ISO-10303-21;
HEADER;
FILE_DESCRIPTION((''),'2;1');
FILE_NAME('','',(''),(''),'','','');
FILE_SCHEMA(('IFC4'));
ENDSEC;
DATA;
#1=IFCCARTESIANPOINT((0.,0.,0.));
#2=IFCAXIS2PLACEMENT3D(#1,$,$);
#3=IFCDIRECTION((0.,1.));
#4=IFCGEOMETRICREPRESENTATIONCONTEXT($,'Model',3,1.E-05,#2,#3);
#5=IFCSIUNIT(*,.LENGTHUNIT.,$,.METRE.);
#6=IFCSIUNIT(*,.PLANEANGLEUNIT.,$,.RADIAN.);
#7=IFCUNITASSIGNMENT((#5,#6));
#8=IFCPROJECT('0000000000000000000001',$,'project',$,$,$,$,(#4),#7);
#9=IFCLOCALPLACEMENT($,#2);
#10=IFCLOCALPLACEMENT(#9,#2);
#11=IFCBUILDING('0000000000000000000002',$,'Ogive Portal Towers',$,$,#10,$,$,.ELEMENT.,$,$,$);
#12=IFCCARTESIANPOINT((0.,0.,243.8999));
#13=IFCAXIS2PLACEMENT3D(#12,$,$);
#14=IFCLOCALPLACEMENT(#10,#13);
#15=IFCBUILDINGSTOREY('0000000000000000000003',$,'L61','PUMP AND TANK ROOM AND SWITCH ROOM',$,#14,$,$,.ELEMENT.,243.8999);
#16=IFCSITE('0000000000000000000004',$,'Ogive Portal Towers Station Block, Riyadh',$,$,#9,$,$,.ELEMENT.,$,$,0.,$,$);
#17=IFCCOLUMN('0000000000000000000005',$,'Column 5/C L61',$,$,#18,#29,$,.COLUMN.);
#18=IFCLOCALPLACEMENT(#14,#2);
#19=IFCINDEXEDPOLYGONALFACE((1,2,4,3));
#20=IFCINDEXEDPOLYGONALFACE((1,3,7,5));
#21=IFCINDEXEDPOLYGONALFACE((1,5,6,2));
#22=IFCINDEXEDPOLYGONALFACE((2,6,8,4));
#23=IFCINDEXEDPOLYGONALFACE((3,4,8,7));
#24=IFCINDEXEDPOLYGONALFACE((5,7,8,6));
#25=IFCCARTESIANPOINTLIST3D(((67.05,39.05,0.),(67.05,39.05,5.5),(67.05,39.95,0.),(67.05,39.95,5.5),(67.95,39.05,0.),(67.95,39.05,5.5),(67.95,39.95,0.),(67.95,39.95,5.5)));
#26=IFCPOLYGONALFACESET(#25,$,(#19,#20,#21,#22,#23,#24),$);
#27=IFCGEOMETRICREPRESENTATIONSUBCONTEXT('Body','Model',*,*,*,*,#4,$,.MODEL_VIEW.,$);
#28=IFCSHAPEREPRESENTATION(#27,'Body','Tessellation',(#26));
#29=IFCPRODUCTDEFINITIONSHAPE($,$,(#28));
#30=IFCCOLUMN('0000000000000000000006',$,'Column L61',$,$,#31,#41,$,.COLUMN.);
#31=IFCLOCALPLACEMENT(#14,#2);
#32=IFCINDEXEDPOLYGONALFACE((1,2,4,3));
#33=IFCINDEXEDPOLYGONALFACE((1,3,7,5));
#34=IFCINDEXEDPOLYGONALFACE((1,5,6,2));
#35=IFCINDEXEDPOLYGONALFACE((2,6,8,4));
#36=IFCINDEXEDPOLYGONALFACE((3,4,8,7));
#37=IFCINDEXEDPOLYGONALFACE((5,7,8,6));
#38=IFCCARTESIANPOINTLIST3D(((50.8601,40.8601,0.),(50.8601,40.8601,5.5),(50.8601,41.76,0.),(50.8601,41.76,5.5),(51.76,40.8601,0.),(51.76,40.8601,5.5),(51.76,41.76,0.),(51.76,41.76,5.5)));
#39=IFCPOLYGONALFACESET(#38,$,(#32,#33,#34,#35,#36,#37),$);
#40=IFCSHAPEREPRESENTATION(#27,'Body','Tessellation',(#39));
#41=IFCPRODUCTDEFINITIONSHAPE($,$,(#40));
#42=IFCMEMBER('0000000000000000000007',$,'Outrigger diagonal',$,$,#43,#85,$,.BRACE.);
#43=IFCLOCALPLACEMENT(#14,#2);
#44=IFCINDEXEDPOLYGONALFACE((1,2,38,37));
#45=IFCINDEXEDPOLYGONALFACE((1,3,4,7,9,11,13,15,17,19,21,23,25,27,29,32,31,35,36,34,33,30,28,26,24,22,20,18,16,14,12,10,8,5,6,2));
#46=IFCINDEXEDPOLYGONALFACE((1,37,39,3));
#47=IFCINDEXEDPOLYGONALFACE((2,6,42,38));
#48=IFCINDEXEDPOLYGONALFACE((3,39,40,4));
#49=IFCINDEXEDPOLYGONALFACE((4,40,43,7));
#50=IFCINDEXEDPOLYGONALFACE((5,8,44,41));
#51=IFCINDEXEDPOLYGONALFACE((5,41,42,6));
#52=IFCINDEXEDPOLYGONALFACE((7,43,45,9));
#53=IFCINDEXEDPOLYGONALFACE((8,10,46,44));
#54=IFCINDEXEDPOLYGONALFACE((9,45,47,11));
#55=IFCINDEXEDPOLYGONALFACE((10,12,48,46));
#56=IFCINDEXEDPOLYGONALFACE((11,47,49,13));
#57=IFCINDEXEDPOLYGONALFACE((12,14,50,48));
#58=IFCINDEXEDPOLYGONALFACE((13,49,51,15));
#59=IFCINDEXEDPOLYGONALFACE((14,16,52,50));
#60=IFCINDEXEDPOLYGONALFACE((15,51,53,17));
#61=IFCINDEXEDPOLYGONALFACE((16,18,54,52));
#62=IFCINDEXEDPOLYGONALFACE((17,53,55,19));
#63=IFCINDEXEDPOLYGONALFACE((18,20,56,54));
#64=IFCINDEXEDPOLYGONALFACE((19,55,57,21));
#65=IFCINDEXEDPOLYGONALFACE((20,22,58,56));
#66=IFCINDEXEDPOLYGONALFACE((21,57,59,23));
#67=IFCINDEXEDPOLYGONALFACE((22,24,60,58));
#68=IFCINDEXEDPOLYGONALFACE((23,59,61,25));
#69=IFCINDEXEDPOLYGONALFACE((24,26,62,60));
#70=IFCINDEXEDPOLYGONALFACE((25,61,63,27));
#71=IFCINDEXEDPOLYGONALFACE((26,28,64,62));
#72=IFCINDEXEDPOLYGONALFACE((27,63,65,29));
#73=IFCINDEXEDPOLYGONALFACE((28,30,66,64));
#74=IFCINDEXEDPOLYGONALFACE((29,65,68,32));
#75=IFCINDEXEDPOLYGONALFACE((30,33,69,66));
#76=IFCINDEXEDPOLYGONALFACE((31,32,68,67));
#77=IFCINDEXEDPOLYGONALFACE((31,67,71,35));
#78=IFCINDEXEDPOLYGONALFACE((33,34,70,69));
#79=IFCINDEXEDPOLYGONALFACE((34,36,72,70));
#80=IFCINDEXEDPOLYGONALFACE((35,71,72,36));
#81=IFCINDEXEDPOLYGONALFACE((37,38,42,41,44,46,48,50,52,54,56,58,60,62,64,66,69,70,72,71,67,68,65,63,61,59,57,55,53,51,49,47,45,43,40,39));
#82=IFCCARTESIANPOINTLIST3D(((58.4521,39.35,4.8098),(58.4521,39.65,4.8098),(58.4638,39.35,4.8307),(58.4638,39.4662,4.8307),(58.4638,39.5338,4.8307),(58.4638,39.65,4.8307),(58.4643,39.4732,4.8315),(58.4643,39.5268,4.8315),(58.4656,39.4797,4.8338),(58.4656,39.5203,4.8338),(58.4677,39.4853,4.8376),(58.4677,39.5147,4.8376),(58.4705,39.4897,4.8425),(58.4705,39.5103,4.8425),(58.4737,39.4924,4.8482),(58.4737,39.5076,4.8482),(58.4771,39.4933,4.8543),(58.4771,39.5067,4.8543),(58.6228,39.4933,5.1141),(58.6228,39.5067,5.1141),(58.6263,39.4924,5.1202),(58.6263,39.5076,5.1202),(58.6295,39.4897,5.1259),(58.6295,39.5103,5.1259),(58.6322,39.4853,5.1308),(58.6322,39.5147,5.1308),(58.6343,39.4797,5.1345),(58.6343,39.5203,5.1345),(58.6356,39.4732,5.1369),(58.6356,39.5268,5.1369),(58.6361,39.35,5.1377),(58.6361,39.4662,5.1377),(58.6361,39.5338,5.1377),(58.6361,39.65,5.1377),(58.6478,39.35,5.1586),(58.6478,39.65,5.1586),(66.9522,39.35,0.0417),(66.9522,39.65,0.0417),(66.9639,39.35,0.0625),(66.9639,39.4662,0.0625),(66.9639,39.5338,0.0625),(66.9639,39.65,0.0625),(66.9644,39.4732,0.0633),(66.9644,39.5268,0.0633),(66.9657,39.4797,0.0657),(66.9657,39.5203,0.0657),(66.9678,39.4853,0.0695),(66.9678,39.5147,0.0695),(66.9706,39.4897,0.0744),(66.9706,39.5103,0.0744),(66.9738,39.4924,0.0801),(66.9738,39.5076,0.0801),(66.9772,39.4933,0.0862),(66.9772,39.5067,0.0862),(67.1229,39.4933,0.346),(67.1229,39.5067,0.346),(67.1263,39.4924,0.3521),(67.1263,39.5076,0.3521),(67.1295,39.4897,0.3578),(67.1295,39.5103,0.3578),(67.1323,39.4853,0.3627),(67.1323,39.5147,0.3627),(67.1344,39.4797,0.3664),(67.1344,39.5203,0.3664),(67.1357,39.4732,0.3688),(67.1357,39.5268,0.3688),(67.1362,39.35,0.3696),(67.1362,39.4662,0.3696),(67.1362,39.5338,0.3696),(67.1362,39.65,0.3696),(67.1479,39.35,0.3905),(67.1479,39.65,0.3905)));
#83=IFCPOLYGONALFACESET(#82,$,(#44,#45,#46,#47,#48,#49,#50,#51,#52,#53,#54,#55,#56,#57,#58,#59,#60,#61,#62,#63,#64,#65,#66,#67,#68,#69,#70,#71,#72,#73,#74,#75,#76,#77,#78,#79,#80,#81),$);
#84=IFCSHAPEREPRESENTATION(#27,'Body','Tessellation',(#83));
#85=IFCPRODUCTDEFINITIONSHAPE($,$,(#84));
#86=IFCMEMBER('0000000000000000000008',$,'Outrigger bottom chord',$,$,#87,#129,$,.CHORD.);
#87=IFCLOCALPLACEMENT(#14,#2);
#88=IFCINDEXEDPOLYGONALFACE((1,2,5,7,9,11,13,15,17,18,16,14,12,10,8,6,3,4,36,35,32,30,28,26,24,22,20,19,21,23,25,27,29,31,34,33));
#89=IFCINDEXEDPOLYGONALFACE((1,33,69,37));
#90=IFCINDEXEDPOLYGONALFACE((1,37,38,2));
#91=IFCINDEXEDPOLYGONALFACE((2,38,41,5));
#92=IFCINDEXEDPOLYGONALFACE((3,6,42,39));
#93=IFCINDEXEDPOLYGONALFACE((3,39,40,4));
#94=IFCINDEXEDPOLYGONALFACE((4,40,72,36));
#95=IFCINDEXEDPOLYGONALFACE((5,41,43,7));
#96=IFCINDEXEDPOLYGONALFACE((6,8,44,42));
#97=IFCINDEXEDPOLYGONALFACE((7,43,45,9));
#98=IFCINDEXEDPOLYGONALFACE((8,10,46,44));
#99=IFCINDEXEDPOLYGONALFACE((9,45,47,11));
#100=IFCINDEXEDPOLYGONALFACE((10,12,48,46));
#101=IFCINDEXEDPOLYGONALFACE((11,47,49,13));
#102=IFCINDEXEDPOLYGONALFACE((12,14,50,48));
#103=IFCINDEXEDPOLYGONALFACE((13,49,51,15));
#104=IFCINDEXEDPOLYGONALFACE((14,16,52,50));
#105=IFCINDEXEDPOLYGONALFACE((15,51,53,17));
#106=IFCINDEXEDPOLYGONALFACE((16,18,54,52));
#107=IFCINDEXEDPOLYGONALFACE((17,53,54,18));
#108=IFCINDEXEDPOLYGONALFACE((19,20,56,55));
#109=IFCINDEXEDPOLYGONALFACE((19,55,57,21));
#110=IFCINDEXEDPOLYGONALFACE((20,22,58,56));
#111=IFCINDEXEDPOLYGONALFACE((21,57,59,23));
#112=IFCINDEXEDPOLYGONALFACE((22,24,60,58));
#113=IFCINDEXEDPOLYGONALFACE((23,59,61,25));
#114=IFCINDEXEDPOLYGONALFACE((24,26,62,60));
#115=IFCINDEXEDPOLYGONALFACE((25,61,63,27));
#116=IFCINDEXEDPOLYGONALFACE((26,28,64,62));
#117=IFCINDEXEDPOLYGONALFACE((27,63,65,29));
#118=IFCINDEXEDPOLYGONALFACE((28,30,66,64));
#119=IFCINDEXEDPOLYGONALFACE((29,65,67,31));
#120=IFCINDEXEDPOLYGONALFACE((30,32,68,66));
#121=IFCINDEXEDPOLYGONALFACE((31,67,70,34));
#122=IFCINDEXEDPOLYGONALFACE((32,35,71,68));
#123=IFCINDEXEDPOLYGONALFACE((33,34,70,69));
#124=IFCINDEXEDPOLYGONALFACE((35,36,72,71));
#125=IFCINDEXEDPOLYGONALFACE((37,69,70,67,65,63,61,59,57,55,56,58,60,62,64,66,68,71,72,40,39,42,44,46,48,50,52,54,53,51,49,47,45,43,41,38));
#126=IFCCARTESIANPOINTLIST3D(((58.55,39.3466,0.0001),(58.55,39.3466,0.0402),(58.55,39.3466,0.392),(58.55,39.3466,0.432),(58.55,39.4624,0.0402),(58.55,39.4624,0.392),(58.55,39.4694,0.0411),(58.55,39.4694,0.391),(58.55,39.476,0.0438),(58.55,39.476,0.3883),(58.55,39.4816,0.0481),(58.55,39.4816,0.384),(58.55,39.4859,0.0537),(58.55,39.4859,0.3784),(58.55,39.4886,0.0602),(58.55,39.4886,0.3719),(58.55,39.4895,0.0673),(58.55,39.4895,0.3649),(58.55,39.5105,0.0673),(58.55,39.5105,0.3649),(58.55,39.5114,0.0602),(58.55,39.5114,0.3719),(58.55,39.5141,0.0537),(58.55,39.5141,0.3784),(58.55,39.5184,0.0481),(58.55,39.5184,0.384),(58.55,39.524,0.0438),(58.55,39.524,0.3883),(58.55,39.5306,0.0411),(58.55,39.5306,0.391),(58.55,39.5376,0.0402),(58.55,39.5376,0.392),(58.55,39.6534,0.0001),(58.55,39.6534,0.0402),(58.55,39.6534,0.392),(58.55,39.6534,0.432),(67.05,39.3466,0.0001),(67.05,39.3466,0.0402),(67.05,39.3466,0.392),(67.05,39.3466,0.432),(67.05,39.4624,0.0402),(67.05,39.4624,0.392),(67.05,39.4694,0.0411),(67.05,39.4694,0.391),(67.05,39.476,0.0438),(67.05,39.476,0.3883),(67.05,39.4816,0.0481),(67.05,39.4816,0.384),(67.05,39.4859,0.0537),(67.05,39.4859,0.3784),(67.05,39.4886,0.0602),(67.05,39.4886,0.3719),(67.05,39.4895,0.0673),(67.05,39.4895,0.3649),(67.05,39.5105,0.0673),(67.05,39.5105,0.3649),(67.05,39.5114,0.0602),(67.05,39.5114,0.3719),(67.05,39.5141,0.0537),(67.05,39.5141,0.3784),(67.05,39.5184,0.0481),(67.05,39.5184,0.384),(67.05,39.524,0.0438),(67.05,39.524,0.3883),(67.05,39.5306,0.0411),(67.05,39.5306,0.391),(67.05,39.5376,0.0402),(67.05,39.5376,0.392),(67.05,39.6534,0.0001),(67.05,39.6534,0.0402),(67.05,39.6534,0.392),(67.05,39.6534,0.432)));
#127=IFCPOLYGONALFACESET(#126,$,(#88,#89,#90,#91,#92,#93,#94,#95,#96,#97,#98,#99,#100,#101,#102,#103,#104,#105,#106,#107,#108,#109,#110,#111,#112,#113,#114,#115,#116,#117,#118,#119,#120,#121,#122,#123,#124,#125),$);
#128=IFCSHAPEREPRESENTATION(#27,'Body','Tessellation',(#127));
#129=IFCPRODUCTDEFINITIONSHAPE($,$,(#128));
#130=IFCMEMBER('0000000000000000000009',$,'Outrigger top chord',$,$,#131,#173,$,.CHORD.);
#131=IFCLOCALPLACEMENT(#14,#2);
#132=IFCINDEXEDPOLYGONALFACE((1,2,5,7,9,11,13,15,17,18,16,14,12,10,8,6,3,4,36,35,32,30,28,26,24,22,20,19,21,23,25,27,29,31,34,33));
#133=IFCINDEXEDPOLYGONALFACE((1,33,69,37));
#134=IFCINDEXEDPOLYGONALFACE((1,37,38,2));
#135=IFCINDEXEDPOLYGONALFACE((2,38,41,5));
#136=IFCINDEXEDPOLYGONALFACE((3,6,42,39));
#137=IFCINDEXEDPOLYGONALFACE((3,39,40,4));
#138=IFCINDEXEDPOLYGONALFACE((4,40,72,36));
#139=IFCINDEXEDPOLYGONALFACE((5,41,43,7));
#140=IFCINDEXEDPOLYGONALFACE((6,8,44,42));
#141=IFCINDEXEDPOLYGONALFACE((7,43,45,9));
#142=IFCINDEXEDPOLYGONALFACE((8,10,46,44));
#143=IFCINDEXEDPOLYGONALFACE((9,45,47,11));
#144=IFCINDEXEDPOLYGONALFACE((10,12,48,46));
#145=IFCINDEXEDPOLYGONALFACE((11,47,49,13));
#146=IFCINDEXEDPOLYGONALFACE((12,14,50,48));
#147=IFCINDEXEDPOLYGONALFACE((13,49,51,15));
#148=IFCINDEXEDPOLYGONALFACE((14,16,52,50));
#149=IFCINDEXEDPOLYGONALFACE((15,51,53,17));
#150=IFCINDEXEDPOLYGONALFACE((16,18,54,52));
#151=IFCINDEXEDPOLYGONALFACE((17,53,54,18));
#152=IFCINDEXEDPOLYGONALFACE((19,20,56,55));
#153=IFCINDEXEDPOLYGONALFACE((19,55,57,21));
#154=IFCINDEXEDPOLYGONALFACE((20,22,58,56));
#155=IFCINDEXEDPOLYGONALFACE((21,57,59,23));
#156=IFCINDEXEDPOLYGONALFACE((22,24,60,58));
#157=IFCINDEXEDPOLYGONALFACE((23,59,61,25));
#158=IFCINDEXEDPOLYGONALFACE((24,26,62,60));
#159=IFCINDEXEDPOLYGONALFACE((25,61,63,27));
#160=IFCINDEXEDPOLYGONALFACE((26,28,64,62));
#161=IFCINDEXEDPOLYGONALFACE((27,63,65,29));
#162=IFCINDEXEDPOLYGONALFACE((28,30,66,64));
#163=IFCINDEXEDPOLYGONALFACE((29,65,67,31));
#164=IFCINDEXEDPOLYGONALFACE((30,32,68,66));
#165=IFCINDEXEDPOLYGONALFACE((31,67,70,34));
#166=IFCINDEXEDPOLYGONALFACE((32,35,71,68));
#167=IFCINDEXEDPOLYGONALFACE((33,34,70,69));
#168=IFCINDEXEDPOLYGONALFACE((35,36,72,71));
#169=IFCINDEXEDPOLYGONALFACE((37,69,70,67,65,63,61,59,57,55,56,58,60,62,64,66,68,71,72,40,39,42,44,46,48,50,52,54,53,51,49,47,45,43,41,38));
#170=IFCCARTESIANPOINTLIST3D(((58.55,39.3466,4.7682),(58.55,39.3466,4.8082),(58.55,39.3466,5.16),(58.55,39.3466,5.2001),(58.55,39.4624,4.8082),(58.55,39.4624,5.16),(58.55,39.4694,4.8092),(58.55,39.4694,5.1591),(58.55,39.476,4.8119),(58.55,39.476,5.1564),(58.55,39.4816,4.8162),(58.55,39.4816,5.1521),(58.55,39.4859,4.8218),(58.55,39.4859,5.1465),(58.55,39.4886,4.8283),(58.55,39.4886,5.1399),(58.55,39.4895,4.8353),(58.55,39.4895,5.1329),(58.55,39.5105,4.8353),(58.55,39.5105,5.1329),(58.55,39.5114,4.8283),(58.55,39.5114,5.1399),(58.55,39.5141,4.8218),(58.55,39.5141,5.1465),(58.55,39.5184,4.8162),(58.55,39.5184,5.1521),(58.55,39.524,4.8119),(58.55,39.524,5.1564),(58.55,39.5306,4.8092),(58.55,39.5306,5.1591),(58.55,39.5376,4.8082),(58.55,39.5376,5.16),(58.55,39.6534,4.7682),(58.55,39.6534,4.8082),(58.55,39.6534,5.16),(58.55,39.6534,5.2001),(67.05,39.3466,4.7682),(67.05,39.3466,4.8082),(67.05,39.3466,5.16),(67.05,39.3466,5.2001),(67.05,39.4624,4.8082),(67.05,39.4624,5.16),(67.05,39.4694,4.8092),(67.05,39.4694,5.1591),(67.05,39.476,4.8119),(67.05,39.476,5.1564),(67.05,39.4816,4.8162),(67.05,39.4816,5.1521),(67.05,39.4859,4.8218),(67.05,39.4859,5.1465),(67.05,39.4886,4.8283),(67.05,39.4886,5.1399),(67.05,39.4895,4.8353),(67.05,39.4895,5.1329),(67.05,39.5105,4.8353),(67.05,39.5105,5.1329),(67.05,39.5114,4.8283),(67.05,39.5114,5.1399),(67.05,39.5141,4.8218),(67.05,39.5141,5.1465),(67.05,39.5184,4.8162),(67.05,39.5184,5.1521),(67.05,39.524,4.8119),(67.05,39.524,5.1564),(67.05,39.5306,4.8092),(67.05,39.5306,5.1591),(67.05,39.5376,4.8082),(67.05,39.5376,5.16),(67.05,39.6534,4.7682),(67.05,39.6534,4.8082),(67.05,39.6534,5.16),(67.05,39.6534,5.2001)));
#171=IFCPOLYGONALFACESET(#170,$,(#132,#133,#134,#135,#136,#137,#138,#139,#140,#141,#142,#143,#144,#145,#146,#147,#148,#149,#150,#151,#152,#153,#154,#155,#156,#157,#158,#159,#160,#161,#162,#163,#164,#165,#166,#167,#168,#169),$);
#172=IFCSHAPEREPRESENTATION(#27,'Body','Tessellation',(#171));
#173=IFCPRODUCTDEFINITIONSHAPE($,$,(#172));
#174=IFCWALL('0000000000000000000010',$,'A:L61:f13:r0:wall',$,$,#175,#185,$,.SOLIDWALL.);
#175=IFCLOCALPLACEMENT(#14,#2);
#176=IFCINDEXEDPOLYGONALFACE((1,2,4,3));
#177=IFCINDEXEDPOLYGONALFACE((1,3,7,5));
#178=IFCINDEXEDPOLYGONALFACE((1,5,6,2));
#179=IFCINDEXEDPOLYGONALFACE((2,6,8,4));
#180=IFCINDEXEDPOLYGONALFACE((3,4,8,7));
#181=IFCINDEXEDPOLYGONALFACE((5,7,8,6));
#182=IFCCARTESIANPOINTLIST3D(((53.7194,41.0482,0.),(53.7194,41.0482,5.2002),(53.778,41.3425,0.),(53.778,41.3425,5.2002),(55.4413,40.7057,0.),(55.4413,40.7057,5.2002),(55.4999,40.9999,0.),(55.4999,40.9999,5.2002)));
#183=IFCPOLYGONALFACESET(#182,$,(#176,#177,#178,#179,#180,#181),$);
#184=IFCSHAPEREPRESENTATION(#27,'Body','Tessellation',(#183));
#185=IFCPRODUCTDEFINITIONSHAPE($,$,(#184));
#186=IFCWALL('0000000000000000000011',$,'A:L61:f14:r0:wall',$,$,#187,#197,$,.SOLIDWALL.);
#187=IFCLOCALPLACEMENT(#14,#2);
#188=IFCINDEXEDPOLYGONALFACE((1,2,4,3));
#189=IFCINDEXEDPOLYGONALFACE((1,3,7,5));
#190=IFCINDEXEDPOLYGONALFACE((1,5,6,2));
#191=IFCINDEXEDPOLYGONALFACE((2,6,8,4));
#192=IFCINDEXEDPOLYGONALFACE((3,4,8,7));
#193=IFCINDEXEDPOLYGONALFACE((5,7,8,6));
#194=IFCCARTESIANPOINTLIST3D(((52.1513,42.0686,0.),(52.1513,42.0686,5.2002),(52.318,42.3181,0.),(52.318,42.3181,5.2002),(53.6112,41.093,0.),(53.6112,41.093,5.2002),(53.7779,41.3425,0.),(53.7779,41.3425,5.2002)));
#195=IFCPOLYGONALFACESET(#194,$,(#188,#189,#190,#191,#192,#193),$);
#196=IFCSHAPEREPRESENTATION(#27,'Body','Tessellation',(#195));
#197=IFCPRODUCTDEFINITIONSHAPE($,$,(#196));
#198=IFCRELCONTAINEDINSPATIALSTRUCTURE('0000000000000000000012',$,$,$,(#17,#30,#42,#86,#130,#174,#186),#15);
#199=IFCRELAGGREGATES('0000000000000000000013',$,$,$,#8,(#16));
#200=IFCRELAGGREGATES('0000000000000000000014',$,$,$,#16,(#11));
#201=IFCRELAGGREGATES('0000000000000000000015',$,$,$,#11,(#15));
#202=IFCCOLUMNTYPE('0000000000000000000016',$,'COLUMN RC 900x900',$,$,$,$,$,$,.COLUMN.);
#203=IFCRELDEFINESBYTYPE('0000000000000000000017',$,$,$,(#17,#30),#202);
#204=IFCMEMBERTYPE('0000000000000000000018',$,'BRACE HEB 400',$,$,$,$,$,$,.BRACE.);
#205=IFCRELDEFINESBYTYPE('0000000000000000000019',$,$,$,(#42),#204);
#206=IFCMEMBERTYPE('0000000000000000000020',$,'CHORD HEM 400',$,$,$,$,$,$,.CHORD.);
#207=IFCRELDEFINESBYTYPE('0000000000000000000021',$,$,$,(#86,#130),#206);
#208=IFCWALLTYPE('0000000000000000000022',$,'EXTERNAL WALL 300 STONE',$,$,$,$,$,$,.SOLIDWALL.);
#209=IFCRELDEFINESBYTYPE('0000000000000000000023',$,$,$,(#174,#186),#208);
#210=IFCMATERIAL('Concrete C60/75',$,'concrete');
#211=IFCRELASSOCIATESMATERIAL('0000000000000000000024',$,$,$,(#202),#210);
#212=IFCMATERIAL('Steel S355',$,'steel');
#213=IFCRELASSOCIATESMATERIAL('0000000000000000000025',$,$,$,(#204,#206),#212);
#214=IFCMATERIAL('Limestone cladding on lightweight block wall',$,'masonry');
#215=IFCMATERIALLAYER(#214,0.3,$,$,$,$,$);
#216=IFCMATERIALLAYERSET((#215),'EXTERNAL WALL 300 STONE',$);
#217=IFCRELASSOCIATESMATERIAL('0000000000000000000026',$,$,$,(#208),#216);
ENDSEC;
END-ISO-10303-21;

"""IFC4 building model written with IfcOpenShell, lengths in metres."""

from ifc_helpers import new_model, si_unit, direction, frame, frame_2d, origin, origin_2d, place, context, subcontext, project, spatial, rectangle, i_section, extrude, material, layer, layer_set, material_profile, profile_set, type_object, element, save


model = new_model("IFC4")

# Units and contexts
model_context = context("Model", 3, precision=1e-05, world=origin(), true_north=direction((0.0, 1.0)))
body_context = subcontext(model_context, "Body", "Model", "MODEL_VIEW")
ifc_project = project(units=[si_unit("LENGTHUNIT", "METRE"), si_unit("PLANEANGLEUNIT", "RADIAN")], contexts=[model_context])

# Site, building, storey
site_placement = place(None, origin())
site = spatial("IfcSite", under=ifc_project, at=site_placement, Name="Ogive Portal Towers Station Block, Riyadh", CompositionType="ELEMENT", RefElevation=0.0)
building_placement = place(site_placement, origin())
building = spatial("IfcBuilding", under=site, at=building_placement, Name="Ogive Portal Towers", CompositionType="ELEMENT")
storey_placement = place(building_placement, frame((0.0, 0.0, 243.8999)))
storey = spatial("IfcBuildingStorey", under=building, at=storey_placement, Name="L61", Description="PUMP AND TANK ROOM AND SWITCH ROOM", CompositionType="ELEMENT", Elevation=243.8999)

# Columns
ifc_material_1 = material(Name="Concrete C60/75", Category="concrete")
ifc_material_profile_1 = material_profile(ifc_material_1, rectangle(XDim=0.8999, YDim=0.8999, at=origin_2d()), Name="RC 900x900")
ifc_profile_set_1 = profile_set([ifc_material_profile_1], Name="Concrete C60/75")
column_type = type_object("IfcColumnType", Name="COLUMN RC 900x900", PredefinedType="COLUMN", material=ifc_profile_set_1)
for number, where, z_axis, x_axis, name in (
    (1, (67.5, 39.5, 0.0), (0.0, 0.0, 1.0), (1.0, 0.0, 0.0), "Column 5/C L61"),
    (2, (51.3101, 41.3101, 0.0), (0.0, 0.0, 1.0), (1.0, 0.0, 0.0), "Column L61"),
):
    element("IfcColumn", number, at=place(storey_placement, frame(where, z_axis=z_axis, x_axis=x_axis)), inside=storey, type_object=column_type, Name=name, PredefinedType="COLUMN", context=body_context, shape_type="SweptSolid", body=[
        extrude(rectangle(XDim=0.8999, YDim=0.8999, at=origin_2d()), origin(), (0.0, 0.0, 1.0), 5.5),
    ])

# Members
ifc_material_2 = material(Name="Steel S355", Category="steel")
ifc_material_profile_2 = material_profile(ifc_material_2, i_section(OverallWidth=0.3, OverallDepth=0.3999, WebThickness=0.0134, FlangeThickness=0.0239, FilletRadius=0.0271, at=origin_2d()), Name="HEB 400")
ifc_profile_set_2 = profile_set([ifc_material_profile_2], Name="Steel S355")
member_type_1 = type_object("IfcMemberType", Name="BRACE HEB 400", PredefinedType="BRACE", material=ifc_profile_set_2)
member_placement = place(storey_placement, frame((67.05, 39.5, 0.2161), z_axis=(-0.872153, 0.0, 0.489233), x_axis=(0.0, -1.0, 0.0)))
element("IfcMember", 3, at=member_placement, inside=storey, type_object=member_type_1, Name="Outrigger diagonal", PredefinedType="BRACE", context=body_context, shape_type="SweptSolid", body=[
    extrude(i_section(OverallWidth=0.3, OverallDepth=0.3999, WebThickness=0.0134, FlangeThickness=0.0239, FilletRadius=0.0271, at=origin_2d()), origin(), (0.0, 0.0, 1.0), 9.7461),
])
ifc_material_profile_3 = material_profile(ifc_material_2, i_section(OverallWidth=0.3069, OverallDepth=0.4319, WebThickness=0.021, FlangeThickness=0.04, FilletRadius=0.0271, at=origin_2d()), Name="HEM 400")
ifc_profile_set_3 = profile_set([ifc_material_profile_3], Name="Steel S355")
member_type_2 = type_object("IfcMemberType", Name="CHORD HEM 400", PredefinedType="CHORD", material=ifc_profile_set_3)
for number, where, z_axis, x_axis, name in (
    (4, (67.05, 39.5, 0.2161), (-1.0, 0.0, 0.0), (0.0, -1.0, 0.0), "Outrigger bottom chord"),
    (5, (67.05, 39.5, 4.9841), (-1.0, 0.0, 0.0), (0.0, -1.0, 0.0), "Outrigger top chord"),
):
    element("IfcMember", number, at=place(storey_placement, frame(where, z_axis=z_axis, x_axis=x_axis)), inside=storey, type_object=member_type_2, Name=name, PredefinedType="CHORD", context=body_context, shape_type="SweptSolid", body=[
        extrude(i_section(OverallWidth=0.3069, OverallDepth=0.4319, WebThickness=0.021, FlangeThickness=0.04, FilletRadius=0.0271, at=origin_2d()), origin(), (0.0, 0.0, 1.0), 8.5),
    ])

# Walls
ifc_material_3 = material(Name="Limestone cladding on lightweight block wall", Category="masonry")
ifc_layer_1 = layer(ifc_material_3, 0.3)
ifc_layer_set_1 = layer_set([ifc_layer_1], Name="EXTERNAL WALL 300 STONE")
wall_type_1 = type_object("IfcWallType", Name="EXTERNAL WALL 300 STONE", PredefinedType="SOLIDWALL", material=ifc_layer_set_1)
wall_1_placement = place(storey_placement, frame((55.4707, 40.8528, 0.0), z_axis=(0.0, 0.0, 1.0), x_axis=(-0.980783, 0.1951, 0.0)))
element("IfcWall", 6, at=wall_1_placement, inside=storey, type_object=wall_type_1, Name="A:L61:f13:r0:wall", PredefinedType="SOLIDWALL", context=body_context, shape_type="SweptSolid", body=[
    extrude(rectangle(XDim=1.7556, YDim=0.3, at=frame_2d((0.8779, 0.0))), origin(), (0.0, 0.0, 1.0), 5.2002),
])
for number, where, z_axis, x_axis, name in (
    (7, (53.6946, 41.2178, 0.0), (0.0, 0.0, 1.0), (-0.831451, 0.555598, 0.0), "A:L61:f14:r0:wall"),
):
    element("IfcWall", number, at=place(storey_placement, frame(where, z_axis=z_axis, x_axis=x_axis)), inside=storey, type_object=wall_type_1, Name=name, PredefinedType="SOLIDWALL", context=body_context, shape_type="SweptSolid", body=[
        extrude(rectangle(XDim=1.7559, YDim=0.3, at=frame_2d((0.8779, 0.0))), origin(), (0.0, 0.0, 1.0), 5.2002),
    ])

save(model, "model.ifc")
